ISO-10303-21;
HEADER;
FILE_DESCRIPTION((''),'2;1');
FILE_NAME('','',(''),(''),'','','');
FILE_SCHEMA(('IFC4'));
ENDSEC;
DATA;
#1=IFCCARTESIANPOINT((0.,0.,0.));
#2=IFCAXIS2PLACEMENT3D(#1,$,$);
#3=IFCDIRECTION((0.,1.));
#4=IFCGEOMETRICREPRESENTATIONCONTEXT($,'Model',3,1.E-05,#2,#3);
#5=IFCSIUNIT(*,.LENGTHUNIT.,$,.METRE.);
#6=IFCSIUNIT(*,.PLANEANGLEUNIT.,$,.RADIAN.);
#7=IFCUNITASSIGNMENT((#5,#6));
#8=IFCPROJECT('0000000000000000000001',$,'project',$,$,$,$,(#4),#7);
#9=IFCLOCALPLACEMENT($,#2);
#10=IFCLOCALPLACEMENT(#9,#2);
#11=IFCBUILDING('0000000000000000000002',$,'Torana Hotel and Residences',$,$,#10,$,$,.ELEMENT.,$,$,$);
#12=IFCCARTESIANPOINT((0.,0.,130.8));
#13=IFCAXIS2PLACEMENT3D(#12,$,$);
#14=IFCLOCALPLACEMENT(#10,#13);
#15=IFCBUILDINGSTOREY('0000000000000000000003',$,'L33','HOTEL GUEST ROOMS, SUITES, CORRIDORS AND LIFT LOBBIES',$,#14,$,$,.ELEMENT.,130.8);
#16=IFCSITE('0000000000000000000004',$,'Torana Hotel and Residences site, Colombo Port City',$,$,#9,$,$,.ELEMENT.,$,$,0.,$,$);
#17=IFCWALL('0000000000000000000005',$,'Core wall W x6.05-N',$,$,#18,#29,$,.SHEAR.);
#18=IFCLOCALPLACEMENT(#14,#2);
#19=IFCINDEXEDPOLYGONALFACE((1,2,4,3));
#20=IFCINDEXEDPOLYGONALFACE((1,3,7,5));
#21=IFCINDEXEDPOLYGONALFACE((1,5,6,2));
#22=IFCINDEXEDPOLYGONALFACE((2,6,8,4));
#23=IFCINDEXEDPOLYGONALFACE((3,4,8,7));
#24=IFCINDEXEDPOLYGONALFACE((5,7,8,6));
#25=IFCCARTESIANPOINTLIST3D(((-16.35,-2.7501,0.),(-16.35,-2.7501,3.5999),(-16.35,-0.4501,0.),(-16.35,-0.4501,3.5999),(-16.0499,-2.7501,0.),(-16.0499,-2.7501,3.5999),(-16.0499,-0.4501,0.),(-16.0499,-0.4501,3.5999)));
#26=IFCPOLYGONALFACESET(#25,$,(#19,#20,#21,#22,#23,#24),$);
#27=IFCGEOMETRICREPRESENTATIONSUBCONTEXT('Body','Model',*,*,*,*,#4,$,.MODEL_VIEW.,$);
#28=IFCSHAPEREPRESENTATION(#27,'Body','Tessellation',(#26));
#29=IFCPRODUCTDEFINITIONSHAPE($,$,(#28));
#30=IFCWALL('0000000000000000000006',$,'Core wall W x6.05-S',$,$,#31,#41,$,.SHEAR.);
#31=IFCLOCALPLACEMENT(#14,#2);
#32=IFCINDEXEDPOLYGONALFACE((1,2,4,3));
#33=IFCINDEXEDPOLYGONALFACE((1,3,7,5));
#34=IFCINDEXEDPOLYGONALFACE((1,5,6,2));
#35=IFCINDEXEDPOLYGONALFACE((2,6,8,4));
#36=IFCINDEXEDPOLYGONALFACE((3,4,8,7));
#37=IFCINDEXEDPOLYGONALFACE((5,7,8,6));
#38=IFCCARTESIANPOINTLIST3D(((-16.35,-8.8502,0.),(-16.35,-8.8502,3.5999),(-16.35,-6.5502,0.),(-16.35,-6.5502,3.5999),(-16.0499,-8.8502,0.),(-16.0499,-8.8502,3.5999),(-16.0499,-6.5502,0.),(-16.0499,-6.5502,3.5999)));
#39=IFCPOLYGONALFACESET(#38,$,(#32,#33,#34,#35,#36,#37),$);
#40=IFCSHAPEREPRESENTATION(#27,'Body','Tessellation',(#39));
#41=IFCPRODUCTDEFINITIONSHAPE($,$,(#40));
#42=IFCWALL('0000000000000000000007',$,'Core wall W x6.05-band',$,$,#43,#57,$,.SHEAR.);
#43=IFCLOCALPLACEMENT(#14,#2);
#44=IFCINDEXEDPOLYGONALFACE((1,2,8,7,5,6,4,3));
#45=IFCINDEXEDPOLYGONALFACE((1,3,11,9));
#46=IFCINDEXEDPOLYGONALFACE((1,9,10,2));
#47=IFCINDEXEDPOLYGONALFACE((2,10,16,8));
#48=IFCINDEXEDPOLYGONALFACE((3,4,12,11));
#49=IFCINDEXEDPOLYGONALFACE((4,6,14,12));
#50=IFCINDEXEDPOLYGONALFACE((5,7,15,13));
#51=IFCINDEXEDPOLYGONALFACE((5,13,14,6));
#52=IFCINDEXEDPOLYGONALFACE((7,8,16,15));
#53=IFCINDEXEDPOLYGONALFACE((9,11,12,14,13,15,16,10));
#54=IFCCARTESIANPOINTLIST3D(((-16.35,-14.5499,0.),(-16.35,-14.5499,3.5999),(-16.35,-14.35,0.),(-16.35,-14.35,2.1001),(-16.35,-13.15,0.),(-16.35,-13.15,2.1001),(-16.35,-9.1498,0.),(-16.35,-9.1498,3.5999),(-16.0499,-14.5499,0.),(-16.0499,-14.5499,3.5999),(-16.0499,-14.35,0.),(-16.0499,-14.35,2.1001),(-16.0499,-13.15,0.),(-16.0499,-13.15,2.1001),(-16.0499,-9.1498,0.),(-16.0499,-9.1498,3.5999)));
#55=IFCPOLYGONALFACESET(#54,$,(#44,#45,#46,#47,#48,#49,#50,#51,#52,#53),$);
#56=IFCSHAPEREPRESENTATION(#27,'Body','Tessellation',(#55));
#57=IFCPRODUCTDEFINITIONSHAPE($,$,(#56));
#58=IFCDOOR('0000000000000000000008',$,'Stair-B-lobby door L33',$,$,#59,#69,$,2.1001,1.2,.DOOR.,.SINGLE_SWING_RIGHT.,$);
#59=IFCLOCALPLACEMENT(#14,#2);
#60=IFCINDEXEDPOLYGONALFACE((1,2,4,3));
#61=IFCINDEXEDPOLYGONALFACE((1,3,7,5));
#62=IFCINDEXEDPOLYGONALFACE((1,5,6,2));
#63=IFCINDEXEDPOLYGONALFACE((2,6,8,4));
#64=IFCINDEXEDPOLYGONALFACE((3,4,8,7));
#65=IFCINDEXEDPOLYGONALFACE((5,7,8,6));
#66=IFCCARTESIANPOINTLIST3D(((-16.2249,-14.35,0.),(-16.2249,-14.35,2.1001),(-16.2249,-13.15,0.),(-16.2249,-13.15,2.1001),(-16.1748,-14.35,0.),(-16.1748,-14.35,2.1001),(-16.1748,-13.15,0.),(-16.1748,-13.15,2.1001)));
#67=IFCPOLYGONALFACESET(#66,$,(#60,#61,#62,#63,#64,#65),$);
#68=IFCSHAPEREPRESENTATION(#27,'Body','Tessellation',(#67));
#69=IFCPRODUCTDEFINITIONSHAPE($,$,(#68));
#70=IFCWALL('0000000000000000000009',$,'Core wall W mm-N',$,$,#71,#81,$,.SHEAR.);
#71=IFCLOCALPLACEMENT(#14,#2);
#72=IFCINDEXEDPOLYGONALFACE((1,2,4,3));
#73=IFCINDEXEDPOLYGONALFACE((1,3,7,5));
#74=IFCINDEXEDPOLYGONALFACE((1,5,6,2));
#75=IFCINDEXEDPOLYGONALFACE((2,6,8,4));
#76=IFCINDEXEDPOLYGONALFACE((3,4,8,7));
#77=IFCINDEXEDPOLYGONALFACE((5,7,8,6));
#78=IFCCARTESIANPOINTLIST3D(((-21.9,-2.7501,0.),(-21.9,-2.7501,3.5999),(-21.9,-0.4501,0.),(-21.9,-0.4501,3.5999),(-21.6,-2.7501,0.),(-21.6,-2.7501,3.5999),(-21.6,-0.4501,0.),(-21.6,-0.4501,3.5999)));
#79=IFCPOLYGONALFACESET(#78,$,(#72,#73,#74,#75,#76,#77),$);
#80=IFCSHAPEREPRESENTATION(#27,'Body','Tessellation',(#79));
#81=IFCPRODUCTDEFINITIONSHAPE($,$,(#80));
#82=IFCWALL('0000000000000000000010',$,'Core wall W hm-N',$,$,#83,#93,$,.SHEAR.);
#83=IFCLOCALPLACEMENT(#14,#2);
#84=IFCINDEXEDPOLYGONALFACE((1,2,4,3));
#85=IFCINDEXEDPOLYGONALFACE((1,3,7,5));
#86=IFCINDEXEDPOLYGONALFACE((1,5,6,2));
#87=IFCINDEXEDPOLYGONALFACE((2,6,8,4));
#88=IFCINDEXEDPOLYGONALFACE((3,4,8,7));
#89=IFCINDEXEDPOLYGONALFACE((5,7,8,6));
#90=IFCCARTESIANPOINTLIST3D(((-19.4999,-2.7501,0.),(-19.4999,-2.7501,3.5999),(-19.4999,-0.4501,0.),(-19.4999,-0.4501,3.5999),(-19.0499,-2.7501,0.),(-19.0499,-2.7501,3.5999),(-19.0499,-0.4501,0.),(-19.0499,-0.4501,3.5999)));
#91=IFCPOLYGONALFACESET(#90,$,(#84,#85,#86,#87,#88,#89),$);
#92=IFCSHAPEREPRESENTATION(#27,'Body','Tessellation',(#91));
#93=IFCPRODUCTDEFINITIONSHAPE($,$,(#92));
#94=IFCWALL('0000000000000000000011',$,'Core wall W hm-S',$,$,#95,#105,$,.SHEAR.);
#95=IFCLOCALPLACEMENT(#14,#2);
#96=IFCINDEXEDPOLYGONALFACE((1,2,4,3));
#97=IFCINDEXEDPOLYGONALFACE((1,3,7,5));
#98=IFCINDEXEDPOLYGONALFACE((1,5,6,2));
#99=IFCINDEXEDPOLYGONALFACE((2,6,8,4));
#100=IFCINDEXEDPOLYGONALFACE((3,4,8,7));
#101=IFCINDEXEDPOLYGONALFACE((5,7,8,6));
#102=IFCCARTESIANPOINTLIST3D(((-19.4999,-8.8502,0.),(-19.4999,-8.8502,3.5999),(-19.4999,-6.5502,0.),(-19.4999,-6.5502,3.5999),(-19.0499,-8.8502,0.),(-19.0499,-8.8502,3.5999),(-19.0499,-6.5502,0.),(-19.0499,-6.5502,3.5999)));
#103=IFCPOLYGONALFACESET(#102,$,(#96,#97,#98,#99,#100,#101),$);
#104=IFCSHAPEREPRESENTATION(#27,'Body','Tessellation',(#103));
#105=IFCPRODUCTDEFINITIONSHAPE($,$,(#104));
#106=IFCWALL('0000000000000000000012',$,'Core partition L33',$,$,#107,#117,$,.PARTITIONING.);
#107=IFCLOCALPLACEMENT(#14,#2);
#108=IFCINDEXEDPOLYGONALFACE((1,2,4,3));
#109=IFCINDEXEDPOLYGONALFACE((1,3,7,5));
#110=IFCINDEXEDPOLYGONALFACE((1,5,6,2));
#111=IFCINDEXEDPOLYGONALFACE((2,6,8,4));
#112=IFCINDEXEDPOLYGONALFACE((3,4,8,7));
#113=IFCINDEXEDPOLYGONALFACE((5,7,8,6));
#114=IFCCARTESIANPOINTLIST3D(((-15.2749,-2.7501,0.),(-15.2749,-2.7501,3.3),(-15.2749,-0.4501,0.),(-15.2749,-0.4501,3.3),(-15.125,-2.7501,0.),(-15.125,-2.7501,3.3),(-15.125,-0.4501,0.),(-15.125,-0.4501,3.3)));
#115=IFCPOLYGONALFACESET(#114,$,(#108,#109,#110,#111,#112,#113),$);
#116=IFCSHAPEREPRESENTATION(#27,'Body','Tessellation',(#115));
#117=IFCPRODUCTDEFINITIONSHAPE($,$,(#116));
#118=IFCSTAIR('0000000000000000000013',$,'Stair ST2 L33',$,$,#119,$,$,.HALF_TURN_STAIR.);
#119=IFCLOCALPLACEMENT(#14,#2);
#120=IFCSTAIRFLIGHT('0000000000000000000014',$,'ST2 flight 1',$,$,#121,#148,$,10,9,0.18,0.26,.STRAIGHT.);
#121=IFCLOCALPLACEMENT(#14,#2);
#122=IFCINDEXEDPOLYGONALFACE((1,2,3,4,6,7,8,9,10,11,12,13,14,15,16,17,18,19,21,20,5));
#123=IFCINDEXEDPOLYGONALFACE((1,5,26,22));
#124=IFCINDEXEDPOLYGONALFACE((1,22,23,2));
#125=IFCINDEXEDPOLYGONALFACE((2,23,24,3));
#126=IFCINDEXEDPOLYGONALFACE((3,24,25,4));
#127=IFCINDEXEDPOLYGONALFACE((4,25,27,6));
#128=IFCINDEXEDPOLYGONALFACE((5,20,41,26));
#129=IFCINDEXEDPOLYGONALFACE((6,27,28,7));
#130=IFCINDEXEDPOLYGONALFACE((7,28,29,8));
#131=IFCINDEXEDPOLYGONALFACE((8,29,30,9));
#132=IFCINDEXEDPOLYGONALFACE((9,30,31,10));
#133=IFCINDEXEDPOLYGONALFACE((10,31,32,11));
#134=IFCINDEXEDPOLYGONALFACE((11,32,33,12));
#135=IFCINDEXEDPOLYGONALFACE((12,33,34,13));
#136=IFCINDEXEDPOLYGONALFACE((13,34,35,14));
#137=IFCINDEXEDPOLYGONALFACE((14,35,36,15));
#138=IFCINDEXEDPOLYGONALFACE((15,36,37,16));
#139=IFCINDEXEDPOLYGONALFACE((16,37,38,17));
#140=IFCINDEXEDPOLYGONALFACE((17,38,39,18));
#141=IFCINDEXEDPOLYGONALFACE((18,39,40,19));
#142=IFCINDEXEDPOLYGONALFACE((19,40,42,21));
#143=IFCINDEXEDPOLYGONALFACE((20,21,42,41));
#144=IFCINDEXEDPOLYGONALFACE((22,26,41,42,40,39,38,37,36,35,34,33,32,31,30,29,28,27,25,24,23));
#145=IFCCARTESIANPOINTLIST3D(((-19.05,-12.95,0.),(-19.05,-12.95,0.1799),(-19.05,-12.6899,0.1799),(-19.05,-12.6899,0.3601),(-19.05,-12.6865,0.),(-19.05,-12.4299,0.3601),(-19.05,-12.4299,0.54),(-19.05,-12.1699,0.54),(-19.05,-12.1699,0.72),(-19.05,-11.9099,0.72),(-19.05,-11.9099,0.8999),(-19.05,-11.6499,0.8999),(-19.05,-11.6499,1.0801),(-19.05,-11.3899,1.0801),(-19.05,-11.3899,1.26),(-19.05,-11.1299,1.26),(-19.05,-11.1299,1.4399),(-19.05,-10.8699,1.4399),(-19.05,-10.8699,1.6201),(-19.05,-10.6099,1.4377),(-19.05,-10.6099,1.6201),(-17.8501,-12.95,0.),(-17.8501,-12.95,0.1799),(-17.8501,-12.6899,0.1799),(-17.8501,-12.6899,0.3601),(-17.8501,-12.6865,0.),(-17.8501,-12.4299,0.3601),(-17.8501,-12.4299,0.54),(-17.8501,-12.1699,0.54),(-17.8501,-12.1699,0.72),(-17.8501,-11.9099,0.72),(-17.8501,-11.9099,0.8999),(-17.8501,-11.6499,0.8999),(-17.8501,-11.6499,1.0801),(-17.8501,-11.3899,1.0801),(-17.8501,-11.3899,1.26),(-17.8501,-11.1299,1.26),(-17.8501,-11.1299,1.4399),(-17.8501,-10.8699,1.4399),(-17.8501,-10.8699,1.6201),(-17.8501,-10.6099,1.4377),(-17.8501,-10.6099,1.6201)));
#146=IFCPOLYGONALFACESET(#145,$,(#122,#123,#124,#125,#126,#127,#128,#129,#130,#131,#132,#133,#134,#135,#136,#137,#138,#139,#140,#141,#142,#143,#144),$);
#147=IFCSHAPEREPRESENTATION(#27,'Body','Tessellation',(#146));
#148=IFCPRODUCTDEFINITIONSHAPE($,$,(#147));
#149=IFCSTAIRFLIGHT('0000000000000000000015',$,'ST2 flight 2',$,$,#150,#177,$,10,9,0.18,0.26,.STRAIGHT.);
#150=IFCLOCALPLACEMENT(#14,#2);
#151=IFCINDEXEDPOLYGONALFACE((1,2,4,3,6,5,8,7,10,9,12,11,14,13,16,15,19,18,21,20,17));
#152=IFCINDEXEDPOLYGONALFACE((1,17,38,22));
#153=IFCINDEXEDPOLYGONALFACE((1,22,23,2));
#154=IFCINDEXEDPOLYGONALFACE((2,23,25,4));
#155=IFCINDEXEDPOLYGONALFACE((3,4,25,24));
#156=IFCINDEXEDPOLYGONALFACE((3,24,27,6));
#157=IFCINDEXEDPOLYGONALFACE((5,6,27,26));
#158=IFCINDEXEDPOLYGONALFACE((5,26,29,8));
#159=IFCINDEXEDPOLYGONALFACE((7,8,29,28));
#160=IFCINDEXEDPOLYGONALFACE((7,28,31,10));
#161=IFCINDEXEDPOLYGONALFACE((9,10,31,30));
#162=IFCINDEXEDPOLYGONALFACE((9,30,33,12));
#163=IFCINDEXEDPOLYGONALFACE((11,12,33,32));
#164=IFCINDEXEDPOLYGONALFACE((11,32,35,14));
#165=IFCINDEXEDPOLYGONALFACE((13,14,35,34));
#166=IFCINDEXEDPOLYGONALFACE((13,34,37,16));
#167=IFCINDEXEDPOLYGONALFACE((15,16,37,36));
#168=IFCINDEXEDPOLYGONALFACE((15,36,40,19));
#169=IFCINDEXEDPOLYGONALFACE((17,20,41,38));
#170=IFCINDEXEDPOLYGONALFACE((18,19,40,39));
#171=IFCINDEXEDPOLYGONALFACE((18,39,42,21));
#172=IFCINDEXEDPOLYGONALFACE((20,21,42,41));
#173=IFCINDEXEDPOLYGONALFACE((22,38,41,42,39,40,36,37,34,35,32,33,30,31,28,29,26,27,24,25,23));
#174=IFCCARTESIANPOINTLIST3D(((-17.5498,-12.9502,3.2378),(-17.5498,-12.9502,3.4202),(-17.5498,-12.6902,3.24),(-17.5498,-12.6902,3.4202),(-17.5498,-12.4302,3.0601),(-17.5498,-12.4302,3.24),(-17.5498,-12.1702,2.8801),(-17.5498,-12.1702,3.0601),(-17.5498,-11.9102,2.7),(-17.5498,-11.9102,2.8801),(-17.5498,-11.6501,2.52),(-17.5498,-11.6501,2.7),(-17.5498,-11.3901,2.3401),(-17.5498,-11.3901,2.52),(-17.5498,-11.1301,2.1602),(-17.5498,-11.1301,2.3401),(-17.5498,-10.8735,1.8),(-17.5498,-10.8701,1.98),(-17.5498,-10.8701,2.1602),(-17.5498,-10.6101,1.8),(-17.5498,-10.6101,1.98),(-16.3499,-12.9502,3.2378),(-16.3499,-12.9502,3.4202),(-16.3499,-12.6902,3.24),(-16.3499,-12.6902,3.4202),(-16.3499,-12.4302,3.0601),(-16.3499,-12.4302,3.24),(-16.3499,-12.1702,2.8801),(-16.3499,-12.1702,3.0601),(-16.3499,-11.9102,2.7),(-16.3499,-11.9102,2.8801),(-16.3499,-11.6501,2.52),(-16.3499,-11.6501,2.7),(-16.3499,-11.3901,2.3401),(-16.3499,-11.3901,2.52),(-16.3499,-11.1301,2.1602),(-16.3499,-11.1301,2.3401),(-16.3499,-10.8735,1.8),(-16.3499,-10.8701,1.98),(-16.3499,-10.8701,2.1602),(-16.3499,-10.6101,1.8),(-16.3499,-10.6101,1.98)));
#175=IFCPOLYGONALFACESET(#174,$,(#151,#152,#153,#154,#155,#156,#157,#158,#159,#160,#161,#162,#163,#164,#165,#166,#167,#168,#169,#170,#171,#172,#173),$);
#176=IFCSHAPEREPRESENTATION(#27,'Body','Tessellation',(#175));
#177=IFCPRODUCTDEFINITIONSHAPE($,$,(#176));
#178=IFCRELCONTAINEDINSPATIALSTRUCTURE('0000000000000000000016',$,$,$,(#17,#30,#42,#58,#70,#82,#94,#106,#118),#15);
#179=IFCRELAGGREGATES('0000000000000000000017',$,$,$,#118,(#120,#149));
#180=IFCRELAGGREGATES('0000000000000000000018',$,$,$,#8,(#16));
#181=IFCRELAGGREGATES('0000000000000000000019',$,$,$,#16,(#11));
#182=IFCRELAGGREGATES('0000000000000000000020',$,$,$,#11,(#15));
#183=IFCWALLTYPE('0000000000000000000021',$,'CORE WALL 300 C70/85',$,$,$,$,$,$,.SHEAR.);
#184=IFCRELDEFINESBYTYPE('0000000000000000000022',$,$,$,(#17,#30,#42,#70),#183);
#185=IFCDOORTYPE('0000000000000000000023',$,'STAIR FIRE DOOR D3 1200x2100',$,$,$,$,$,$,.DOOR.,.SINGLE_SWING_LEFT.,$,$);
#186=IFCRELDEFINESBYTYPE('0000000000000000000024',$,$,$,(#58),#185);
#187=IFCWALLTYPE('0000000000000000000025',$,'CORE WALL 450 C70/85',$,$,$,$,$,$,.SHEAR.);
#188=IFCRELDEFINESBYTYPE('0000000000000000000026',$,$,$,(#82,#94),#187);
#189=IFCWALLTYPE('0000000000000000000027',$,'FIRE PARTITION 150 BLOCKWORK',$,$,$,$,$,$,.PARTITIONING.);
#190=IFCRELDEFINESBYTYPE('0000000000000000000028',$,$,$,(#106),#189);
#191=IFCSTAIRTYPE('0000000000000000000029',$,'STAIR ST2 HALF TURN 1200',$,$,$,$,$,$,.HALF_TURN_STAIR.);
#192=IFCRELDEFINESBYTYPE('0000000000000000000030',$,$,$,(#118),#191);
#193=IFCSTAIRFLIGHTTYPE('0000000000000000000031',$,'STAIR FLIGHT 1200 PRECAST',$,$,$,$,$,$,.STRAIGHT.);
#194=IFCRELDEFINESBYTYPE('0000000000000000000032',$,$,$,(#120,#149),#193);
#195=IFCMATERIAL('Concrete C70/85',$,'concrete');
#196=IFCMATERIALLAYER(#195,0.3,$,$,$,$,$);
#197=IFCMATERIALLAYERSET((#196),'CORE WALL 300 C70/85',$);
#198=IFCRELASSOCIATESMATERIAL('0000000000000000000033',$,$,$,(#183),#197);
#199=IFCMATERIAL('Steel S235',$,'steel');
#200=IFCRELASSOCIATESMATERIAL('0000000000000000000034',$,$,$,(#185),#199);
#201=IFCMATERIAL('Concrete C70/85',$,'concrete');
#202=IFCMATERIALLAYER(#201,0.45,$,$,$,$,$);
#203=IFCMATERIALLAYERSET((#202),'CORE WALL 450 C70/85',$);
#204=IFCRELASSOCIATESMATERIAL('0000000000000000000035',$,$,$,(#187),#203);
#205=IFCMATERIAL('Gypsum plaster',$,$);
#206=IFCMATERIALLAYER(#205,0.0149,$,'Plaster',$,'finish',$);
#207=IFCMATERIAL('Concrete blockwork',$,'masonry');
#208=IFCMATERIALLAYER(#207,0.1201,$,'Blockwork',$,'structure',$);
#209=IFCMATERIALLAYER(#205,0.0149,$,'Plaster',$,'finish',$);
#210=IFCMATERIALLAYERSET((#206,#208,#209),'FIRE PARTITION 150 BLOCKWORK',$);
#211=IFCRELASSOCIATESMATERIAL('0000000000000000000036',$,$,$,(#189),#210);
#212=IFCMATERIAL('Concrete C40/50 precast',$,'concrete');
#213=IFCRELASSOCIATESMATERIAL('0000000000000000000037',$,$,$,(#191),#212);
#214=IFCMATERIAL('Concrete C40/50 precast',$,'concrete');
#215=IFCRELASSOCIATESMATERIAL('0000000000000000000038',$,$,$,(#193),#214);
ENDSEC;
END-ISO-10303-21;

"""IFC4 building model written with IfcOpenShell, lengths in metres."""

from ifc_helpers import new_model, si_unit, direction, frame, frame_2d, origin, place, context, subcontext, project, spatial, polyline, rectangle, outline, extrude, material, layer, layer_set, type_object, element, fill, aggregate, save


model = new_model("IFC4")

# Units and contexts
model_context = context("Model", 3, precision=1e-05, world=origin(), true_north=direction((0.0, 1.0)))
body_context = subcontext(model_context, "Body", "Model", "MODEL_VIEW")
ifc_project = project(units=[si_unit("LENGTHUNIT", "METRE"), si_unit("PLANEANGLEUNIT", "RADIAN")], contexts=[model_context])

# Site, building, storey
site_placement = place(None, origin())
site = spatial("IfcSite", under=ifc_project, at=site_placement, Name="Torana Hotel and Residences site, Colombo Port City", CompositionType="ELEMENT", RefElevation=0.0)
building_placement = place(site_placement, origin())
building = spatial("IfcBuilding", under=site, at=building_placement, Name="Torana Hotel and Residences", CompositionType="ELEMENT")
storey_placement = place(building_placement, frame((0.0, 0.0, 130.8)))
storey = spatial("IfcBuildingStorey", under=building, at=storey_placement, Name="L33", Description="HOTEL GUEST ROOMS, SUITES, CORRIDORS AND LIFT LOBBIES", CompositionType="ELEMENT", Elevation=130.8)

# Walls
ifc_material_1 = material(Name="Concrete C70/85", Category="concrete")
ifc_layer_1 = layer(ifc_material_1, 0.3)
ifc_layer_set_1 = layer_set([ifc_layer_1], Name="CORE WALL 300 C70/85")
wall_type_1 = type_object("IfcWallType", Name="CORE WALL 300 C70/85", PredefinedType="SHEAR", material=ifc_layer_set_1)
for number, where, z_axis, x_axis, name in (
    (1, (-16.2, -2.75, 0.0), (0.0, 0.0, 1.0), (0.0, 1.0, 0.0), "Core wall W x6.05-N"),
    (2, (-16.2, -8.8501, 0.0), (0.0, 0.0, 1.0), (0.0, 1.0, 0.0), "Core wall W x6.05-S"),
):
    element("IfcWall", number, at=place(storey_placement, frame(where, z_axis=z_axis, x_axis=x_axis)), inside=storey, type_object=wall_type_1, Name=name, PredefinedType="SHEAR", context=body_context, shape_type="SweptSolid", body=[
        extrude(rectangle(XDim=2.3, YDim=0.3, at=frame_2d((1.1499, 0.0))), origin(), (0.0, 0.0, 1.0), 3.5999),
    ])

# Wall, opening, door
wall_1_placement = place(storey_placement, frame((-16.2, -14.55, 0.0), z_axis=(0.0, 0.0, 1.0), x_axis=(0.0, 1.0, 0.0)))
wall_1 = element("IfcWall", 3, at=wall_1_placement, inside=storey, type_object=wall_type_1, Name="Core wall W x6.05-band", PredefinedType="SHEAR", context=body_context, shape_type="SweptSolid", body=[
    extrude(rectangle(XDim=5.4001, YDim=0.3, at=frame_2d((2.7002, 0.0))), origin(), (0.0, 0.0, 1.0), 3.5999),
])
opening_placement = place(wall_1_placement, frame((0.2, 0.0, 0.0)))
opening = element("IfcOpeningElement", 4, at=opening_placement, cuts=wall_1, PredefinedType="OPENING", context=body_context, shape_type="SweptSolid", body=[
    extrude(rectangle(XDim=1.2, YDim=2.1001, at=frame_2d((0.6001, 1.05))), frame((0.0, 0.1599, 0.0), z_axis=(0.0, -1.0, 0.0), x_axis=(1.0, 0.0, 0.0)), (0.0, 0.0, 1.0), 0.3201),
])
ifc_material_2 = material(Name="Steel S235", Category="steel")
door_type = type_object("IfcDoorType", Name="STAIR FIRE DOOR D3 1200x2100", OperationType="SINGLE_SWING_LEFT", PredefinedType="DOOR", material=ifc_material_2)
door_placement = place(opening_placement, origin())
door = element("IfcDoor", 5, at=door_placement, inside=storey, type_object=door_type, Name="Stair-B-lobby door L33", OperationType="SINGLE_SWING_RIGHT", OverallHeight=2.1001, OverallWidth=1.2, PredefinedType="DOOR", context=body_context, shape_type="SweptSolid", body=[
    extrude(rectangle(XDim=1.2, YDim=2.1001, at=frame_2d((0.6001, 1.05))), frame((0.0, 0.0249, 0.0), z_axis=(0.0, -1.0, 0.0), x_axis=(1.0, 0.0, 0.0)), (0.0, 0.0, 1.0), 0.05),
])
fill(opening, door)

# Walls
wall_2_placement = place(storey_placement, frame((-21.75, -2.75, 0.0), z_axis=(0.0, 0.0, 1.0), x_axis=(0.0, 1.0, 0.0)))
element("IfcWall", 6, at=wall_2_placement, inside=storey, type_object=wall_type_1, Name="Core wall W mm-N", PredefinedType="SHEAR", context=body_context, shape_type="SweptSolid", body=[
    extrude(rectangle(XDim=2.3, YDim=0.3, at=frame_2d((1.1499, 0.0))), origin(), (0.0, 0.0, 1.0), 3.5999),
])
ifc_material_3 = material(Name="Concrete C70/85", Category="concrete")
ifc_layer_2 = layer(ifc_material_3, 0.45)
ifc_layer_set_2 = layer_set([ifc_layer_2], Name="CORE WALL 450 C70/85")
wall_type_2 = type_object("IfcWallType", Name="CORE WALL 450 C70/85", PredefinedType="SHEAR", material=ifc_layer_set_2)
for number, where, z_axis, x_axis, name in (
    (7, (-19.2749, -2.75, 0.0), (0.0, 0.0, 1.0), (0.0, 1.0, 0.0), "Core wall W hm-N"),
    (8, (-19.2749, -8.8501, 0.0), (0.0, 0.0, 1.0), (0.0, 1.0, 0.0), "Core wall W hm-S"),
):
    element("IfcWall", number, at=place(storey_placement, frame(where, z_axis=z_axis, x_axis=x_axis)), inside=storey, type_object=wall_type_2, Name=name, PredefinedType="SHEAR", context=body_context, shape_type="SweptSolid", body=[
        extrude(rectangle(XDim=2.3, YDim=0.45, at=frame_2d((1.1499, 0.0))), origin(), (0.0, 0.0, 1.0), 3.5999),
    ])
ifc_material_4 = material(Name="Gypsum plaster")
ifc_layer_3 = layer(ifc_material_4, 0.0149, Name="Plaster", Category="finish")
ifc_material_5 = material(Name="Concrete blockwork", Category="masonry")
ifc_layer_4 = layer(ifc_material_5, 0.1201, Name="Blockwork", Category="structure")
ifc_layer_5 = layer(ifc_material_4, 0.0149, Name="Plaster", Category="finish")
ifc_layer_set_3 = layer_set([ifc_layer_3, ifc_layer_4, ifc_layer_5], Name="FIRE PARTITION 150 BLOCKWORK")
wall_type_3 = type_object("IfcWallType", Name="FIRE PARTITION 150 BLOCKWORK", PredefinedType="PARTITIONING", material=ifc_layer_set_3)
wall_3_placement = place(storey_placement, frame((-15.2, -2.75, 0.0), z_axis=(0.0, 0.0, 1.0), x_axis=(0.0, 1.0, 0.0)))
element("IfcWall", 9, at=wall_3_placement, inside=storey, type_object=wall_type_3, Name="Core partition L33", PredefinedType="PARTITIONING", context=body_context, shape_type="SweptSolid", body=[
    extrude(rectangle(XDim=2.3, YDim=0.1499, at=frame_2d((1.1499, 0.0))), origin(), (0.0, 0.0, 1.0), 3.3),
])

# Stair, stair flights
ifc_material_6 = material(Name="Concrete C40/50 precast", Category="concrete")
stair_type = type_object("IfcStairType", Name="STAIR ST2 HALF TURN 1200", PredefinedType="HALF_TURN_STAIR", material=ifc_material_6)
stair_placement = place(storey_placement, origin())
stair = element("IfcStair", 10, at=stair_placement, inside=storey, type_object=stair_type, Name="Stair ST2 L33", PredefinedType="HALF_TURN_STAIR")
ifc_material_7 = material(Name="Concrete C40/50 precast", Category="concrete")
stair_flight_type = type_object("IfcStairFlightType", Name="STAIR FLIGHT 1200 PRECAST", PredefinedType="STRAIGHT", material=ifc_material_7)
stair_flight_1_placement = place(storey_placement, frame((-18.45, -12.95, 0.0), z_axis=(0.0, 0.0, 1.0), x_axis=(0.0, 1.0, 0.0)))
stair_flight_1 = element("IfcStairFlight", 11, at=stair_flight_1_placement, type_object=stair_flight_type, Name="ST2 flight 1", NumberOfRisers=10, NumberOfTreads=9, PredefinedType="STRAIGHT", RiserHeight=0.18, TreadLength=0.26, context=body_context, shape_type="SweptSolid", body=[
    extrude(outline(polyline([(0.0, 0.0), (0.0, 0.1799), (0.26, 0.1799), (0.26, 0.3601), (0.52, 0.3601), (0.52, 0.54), (0.78, 0.54), (0.78, 0.72), (1.04, 0.72), (1.04, 0.8999), (1.3, 0.8999), (1.3, 1.0801), (1.5601, 1.0801), (1.5601, 1.26), (1.8201, 1.26), (1.8201, 1.4399), (2.0801, 1.4399), (2.0801, 1.6201), (2.3401, 1.6201), (2.3401, 1.8), (2.3401, 1.4377), (0.2634, 0.0), (0.0, 0.0)])), frame((0.0, 0.6001, 0.0), z_axis=(0.0, -1.0, 0.0), x_axis=(1.0, 0.0, 0.0)), (0.0, 0.0, 1.0), 1.2),
])
stair_flight_2_placement = place(storey_placement, frame((-16.95, -10.6101, 1.8), z_axis=(0.0, 0.0, 1.0), x_axis=(0.0, -1.0, 0.0)))
stair_flight_2 = element("IfcStairFlight", 12, at=stair_flight_2_placement, type_object=stair_flight_type, Name="ST2 flight 2", NumberOfRisers=10, NumberOfTreads=9, PredefinedType="STRAIGHT", RiserHeight=0.18, TreadLength=0.26, context=body_context, shape_type="SweptSolid", body=[
    extrude(outline(polyline([(0.0, 0.0), (0.0, 0.1799), (0.26, 0.1799), (0.26, 0.3601), (0.52, 0.3601), (0.52, 0.54), (0.78, 0.54), (0.78, 0.72), (1.04, 0.72), (1.04, 0.8999), (1.3, 0.8999), (1.3, 1.0801), (1.5601, 1.0801), (1.5601, 1.26), (1.8201, 1.26), (1.8201, 1.4399), (2.0801, 1.4399), (2.0801, 1.6201), (2.3401, 1.6201), (2.3401, 1.8), (2.3401, 1.4377), (0.2634, 0.0), (0.0, 0.0)])), frame((0.0, 0.6001, 0.0), z_axis=(0.0, -1.0, 0.0), x_axis=(1.0, 0.0, 0.0)), (0.0, 0.0, 1.0), 1.2),
])
aggregate(stair, [stair_flight_1, stair_flight_2])

save(model, "model.ifc")
